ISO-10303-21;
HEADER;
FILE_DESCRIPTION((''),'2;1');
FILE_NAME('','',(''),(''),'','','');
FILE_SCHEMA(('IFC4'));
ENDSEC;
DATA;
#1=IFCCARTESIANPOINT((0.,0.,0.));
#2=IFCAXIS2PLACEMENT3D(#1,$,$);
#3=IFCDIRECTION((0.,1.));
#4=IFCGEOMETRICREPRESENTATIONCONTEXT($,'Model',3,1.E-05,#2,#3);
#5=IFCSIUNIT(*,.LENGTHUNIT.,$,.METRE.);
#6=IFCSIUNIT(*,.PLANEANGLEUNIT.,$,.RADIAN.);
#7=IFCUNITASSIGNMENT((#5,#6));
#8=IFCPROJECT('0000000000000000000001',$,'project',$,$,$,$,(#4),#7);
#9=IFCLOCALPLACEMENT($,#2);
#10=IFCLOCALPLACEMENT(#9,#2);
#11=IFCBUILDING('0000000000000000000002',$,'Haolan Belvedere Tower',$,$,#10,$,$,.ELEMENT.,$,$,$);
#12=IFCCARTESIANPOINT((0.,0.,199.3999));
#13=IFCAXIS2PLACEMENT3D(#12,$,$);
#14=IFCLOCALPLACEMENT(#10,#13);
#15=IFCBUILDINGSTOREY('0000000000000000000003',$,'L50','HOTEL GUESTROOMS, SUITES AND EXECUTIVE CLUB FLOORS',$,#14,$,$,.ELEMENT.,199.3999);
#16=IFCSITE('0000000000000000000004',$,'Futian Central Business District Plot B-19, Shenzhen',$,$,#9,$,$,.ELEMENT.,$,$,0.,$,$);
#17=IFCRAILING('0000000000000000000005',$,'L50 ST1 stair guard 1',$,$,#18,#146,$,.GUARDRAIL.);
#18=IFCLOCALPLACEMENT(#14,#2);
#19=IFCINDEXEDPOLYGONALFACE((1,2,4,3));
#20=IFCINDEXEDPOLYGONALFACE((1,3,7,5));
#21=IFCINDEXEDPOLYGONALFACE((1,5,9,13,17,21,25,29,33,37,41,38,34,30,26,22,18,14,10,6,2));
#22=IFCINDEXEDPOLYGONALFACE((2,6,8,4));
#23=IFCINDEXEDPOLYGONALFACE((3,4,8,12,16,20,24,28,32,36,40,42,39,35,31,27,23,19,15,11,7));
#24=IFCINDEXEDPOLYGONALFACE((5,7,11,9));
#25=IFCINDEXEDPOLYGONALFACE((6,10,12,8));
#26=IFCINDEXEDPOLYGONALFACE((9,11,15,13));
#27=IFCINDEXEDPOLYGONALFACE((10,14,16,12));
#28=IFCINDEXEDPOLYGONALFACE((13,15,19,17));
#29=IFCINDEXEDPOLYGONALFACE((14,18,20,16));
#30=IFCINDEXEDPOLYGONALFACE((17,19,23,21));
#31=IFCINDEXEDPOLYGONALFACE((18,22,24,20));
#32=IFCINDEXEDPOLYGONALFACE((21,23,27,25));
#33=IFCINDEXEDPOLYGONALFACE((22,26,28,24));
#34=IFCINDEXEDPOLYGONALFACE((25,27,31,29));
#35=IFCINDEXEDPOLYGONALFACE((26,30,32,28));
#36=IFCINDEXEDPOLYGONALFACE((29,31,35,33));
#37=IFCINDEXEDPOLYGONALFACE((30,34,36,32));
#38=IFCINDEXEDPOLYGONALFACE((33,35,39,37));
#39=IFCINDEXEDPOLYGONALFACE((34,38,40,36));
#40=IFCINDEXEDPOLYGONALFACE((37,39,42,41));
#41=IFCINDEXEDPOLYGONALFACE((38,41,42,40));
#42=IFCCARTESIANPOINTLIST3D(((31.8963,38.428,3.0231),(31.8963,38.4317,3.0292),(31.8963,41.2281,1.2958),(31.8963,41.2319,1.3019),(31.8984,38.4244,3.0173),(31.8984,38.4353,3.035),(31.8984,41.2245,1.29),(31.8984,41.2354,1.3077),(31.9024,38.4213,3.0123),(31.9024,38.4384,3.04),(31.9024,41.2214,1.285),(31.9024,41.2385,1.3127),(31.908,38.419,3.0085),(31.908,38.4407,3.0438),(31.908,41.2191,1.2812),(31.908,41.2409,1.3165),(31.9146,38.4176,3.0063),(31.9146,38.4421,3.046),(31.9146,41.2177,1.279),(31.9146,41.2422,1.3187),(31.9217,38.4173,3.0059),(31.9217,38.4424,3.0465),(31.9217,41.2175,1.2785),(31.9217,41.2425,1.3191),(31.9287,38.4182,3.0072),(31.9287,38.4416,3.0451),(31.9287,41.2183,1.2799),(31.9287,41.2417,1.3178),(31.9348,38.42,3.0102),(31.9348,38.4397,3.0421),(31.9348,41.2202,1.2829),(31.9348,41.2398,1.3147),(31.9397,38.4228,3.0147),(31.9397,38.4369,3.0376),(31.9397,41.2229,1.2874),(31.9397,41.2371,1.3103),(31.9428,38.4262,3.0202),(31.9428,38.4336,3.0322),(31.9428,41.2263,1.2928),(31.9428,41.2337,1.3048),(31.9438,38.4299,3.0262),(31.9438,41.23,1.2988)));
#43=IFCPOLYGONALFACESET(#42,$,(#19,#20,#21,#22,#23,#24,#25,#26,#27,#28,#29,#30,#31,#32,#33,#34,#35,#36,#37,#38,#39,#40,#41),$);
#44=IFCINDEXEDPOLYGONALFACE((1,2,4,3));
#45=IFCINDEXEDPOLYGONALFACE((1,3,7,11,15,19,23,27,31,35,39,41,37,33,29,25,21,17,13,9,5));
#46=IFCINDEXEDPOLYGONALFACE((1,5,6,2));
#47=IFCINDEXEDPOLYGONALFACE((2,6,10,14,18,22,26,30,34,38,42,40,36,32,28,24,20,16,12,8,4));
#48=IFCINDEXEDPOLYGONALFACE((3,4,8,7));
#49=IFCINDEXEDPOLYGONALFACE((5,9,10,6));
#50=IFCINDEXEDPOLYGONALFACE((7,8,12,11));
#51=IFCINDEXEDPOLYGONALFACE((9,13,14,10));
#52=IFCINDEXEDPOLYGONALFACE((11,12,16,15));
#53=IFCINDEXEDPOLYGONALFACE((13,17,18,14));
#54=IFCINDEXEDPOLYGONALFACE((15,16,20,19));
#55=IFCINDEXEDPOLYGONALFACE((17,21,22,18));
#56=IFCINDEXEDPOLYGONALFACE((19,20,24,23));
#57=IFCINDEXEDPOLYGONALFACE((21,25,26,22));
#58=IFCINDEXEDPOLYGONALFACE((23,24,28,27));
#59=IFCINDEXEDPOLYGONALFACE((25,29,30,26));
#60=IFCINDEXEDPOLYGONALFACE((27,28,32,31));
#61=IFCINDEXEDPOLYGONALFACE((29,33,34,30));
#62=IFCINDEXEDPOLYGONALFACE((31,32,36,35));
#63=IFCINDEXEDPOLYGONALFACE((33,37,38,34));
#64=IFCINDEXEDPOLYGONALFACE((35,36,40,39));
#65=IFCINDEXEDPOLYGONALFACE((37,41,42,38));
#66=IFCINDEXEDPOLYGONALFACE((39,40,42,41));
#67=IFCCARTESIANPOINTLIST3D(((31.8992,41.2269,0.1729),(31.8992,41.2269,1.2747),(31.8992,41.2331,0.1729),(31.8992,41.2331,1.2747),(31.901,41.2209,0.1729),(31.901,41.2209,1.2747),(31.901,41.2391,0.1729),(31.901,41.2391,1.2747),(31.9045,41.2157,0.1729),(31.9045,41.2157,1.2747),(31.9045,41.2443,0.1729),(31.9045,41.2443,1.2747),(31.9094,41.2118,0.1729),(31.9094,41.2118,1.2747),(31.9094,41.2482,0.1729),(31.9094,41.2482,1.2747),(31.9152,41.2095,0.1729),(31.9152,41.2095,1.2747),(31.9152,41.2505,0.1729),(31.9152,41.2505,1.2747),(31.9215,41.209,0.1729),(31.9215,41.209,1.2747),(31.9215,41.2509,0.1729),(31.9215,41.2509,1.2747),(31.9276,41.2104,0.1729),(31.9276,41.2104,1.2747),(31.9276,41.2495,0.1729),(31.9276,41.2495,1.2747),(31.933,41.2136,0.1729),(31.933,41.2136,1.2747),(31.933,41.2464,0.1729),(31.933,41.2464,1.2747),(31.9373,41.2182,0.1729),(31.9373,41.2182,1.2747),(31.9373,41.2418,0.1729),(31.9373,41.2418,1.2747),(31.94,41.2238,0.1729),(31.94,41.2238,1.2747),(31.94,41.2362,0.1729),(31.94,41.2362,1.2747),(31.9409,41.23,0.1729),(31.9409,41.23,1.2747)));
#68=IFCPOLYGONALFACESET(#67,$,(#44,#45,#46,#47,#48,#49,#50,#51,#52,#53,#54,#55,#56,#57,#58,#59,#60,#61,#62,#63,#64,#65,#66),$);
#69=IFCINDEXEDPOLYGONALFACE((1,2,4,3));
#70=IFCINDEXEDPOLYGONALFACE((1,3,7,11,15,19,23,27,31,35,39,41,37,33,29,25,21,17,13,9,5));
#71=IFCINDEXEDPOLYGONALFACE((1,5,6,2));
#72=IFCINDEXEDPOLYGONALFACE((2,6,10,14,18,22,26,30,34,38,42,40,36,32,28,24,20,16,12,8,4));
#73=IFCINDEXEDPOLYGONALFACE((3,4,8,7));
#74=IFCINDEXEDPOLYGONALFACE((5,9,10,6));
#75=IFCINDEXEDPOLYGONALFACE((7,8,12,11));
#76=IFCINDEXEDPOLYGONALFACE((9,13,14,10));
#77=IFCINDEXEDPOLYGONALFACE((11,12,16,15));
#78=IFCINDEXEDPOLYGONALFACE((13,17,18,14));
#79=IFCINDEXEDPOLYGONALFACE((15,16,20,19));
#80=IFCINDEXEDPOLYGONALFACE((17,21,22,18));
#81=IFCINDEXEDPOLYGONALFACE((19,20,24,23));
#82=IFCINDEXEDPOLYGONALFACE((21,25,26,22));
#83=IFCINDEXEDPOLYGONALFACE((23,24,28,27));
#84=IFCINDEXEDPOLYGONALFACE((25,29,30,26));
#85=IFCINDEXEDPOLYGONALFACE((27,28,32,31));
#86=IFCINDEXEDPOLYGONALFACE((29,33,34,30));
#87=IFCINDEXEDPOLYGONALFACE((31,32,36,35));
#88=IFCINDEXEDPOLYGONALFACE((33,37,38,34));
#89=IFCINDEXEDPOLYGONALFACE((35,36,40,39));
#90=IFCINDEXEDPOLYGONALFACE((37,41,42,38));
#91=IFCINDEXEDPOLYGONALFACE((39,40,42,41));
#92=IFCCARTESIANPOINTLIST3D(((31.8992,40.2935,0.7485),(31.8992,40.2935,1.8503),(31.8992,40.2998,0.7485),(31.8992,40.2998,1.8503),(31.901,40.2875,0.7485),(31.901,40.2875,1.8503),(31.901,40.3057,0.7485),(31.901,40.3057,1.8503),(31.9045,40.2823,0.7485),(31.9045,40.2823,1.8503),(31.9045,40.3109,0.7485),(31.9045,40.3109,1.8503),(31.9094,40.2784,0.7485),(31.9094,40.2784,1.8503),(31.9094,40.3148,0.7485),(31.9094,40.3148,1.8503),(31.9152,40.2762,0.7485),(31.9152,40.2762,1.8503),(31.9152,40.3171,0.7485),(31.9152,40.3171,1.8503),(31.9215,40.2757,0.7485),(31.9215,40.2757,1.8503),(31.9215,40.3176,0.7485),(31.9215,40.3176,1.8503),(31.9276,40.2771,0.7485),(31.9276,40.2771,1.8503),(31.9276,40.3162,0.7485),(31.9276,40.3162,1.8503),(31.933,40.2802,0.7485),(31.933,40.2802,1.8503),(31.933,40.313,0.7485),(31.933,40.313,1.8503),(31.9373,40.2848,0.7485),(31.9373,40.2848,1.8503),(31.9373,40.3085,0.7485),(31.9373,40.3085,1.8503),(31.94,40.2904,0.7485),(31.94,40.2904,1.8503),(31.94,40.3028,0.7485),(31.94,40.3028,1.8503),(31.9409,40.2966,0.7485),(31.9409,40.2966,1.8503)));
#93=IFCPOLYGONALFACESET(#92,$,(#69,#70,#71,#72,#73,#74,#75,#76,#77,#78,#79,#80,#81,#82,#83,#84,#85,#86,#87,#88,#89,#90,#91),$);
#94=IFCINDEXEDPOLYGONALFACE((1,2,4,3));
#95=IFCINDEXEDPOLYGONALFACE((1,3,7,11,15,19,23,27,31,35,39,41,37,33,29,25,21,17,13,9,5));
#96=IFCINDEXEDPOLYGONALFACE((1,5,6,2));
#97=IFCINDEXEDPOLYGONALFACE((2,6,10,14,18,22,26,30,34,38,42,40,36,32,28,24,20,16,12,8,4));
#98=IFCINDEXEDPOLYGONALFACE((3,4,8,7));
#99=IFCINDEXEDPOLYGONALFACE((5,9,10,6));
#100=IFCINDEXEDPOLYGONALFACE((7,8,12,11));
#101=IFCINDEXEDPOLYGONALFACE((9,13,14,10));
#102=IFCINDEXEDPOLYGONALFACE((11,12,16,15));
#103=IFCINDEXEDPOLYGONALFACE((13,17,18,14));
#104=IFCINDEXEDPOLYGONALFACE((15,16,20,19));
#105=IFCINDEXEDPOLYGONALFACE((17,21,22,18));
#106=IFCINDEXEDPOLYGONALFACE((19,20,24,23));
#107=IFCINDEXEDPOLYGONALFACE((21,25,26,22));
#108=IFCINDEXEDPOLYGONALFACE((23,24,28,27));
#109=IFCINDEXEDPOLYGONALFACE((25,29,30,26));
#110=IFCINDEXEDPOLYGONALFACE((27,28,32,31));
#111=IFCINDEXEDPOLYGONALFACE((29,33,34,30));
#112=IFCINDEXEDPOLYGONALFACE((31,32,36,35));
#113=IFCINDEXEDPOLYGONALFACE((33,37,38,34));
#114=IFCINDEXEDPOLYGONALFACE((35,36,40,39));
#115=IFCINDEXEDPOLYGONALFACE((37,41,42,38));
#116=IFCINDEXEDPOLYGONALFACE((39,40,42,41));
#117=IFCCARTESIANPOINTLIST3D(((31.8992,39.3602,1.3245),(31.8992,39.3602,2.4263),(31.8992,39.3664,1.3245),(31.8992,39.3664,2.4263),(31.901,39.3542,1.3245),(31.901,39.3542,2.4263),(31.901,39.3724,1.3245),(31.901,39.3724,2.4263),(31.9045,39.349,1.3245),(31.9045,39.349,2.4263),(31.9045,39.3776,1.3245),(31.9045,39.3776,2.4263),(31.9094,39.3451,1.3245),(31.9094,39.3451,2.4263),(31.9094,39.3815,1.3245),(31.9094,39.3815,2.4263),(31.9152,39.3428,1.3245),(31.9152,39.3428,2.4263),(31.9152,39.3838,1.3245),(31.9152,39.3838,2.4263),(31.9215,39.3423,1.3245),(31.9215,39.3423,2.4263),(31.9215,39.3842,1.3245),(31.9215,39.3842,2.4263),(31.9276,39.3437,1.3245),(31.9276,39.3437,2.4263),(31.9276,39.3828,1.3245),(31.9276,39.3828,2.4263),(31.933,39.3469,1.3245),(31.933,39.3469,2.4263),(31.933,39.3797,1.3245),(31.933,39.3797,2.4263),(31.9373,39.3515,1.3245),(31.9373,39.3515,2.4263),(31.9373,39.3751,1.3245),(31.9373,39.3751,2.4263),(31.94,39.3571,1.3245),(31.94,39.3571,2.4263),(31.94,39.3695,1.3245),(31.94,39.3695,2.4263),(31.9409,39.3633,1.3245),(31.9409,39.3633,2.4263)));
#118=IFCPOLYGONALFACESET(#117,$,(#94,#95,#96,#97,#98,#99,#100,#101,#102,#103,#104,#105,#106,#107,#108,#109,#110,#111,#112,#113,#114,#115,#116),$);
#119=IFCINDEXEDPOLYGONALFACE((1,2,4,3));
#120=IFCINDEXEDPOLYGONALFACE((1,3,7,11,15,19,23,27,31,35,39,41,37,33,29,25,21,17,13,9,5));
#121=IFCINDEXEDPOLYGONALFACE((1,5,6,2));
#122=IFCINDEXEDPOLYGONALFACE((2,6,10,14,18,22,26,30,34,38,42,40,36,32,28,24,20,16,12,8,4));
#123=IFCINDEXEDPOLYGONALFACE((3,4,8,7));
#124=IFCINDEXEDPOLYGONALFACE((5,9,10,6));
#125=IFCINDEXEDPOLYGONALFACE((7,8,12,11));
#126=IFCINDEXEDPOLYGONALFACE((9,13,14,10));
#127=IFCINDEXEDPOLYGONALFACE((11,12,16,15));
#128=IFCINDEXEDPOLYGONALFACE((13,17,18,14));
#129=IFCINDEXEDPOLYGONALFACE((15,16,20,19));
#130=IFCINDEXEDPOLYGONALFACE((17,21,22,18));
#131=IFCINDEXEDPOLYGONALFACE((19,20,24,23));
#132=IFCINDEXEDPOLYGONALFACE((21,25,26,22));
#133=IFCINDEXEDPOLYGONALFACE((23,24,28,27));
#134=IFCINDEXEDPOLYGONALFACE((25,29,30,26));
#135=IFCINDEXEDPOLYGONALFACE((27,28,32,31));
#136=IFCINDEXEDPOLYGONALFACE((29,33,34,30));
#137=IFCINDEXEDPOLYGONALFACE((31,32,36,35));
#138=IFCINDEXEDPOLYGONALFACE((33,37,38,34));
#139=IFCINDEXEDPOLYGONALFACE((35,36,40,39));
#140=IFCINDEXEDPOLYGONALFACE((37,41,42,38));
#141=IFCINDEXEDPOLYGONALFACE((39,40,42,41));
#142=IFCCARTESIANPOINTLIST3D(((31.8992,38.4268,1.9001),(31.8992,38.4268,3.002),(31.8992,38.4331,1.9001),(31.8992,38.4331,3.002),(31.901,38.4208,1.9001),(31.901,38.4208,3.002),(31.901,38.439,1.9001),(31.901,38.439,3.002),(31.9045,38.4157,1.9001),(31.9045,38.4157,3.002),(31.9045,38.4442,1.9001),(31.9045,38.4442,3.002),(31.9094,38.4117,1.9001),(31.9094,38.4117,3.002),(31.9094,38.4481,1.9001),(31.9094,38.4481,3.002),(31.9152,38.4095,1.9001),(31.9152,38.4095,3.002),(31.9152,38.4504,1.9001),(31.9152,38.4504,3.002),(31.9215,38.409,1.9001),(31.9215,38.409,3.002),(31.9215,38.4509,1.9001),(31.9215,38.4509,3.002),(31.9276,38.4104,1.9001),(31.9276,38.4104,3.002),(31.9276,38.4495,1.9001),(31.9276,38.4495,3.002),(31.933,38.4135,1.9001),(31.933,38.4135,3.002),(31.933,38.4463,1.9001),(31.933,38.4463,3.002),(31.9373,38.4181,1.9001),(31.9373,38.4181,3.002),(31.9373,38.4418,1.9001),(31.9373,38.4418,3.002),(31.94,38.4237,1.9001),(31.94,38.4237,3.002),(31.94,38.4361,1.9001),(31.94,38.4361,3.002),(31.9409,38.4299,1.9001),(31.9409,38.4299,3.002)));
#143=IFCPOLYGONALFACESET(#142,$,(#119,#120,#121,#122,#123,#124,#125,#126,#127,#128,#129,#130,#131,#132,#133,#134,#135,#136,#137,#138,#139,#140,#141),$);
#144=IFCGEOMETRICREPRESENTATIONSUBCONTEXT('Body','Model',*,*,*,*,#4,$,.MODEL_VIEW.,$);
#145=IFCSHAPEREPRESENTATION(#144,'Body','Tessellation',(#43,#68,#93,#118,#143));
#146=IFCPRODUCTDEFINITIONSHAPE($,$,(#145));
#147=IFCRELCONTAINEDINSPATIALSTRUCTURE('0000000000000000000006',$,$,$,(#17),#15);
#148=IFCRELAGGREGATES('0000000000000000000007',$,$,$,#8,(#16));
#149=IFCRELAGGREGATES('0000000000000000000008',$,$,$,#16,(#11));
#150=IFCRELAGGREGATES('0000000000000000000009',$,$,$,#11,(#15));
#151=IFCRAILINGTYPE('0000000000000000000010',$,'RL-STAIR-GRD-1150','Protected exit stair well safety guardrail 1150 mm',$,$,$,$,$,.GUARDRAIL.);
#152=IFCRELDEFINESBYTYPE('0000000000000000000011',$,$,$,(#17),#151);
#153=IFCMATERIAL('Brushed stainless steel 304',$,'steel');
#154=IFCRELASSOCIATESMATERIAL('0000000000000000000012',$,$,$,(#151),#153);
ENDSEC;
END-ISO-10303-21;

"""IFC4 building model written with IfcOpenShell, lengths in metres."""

from ifc_helpers import new_model, si_unit, direction, frame, origin, origin_2d, place, context, subcontext, project, spatial, circle, extrude, material, type_object, element, save


model = new_model("IFC4")

# Units and contexts
model_context = context("Model", 3, precision=1e-05, world=origin(), true_north=direction((0.0, 1.0)))
body_context = subcontext(model_context, "Body", "Model", "MODEL_VIEW")
ifc_project = project(units=[si_unit("LENGTHUNIT", "METRE"), si_unit("PLANEANGLEUNIT", "RADIAN")], contexts=[model_context])

# Site, building, storey
site_placement = place(None, origin())
site = spatial("IfcSite", under=ifc_project, at=site_placement, Name="Futian Central Business District Plot B-19, Shenzhen", CompositionType="ELEMENT", RefElevation=0.0)
building_placement = place(site_placement, origin())
building = spatial("IfcBuilding", under=site, at=building_placement, Name="Haolan Belvedere Tower", CompositionType="ELEMENT")
storey_placement = place(building_placement, frame((0.0, 0.0, 199.3999)))
storey = spatial("IfcBuildingStorey", under=building, at=storey_placement, Name="L50", Description="HOTEL GUESTROOMS, SUITES AND EXECUTIVE CLUB FLOORS", CompositionType="ELEMENT", Elevation=199.3999)

# Railing
ifc_material_1 = material(Name="Brushed stainless steel 304", Category="steel")
railing_type_1 = type_object("IfcRailingType", Name="RL-STAIR-GRD-1150", Description="Protected exit stair well safety guardrail 1150 mm", PredefinedType="GUARDRAIL", material=ifc_material_1)
railing_1_placement = place(storey_placement, frame((31.9199, 41.23, 0.1729)))
element("IfcRailing", 1, at=railing_1_placement, inside=storey, type_object=railing_type_1, Name="L50 ST1 stair guard 1", PredefinedType="GUARDRAIL", context=body_context, shape_type="SweptSolid", body=[
    extrude(circle(Radius=0.0239, at=origin_2d()), frame((0.0, 0.0, 1.126), z_axis=(0.0, -0.85109, 0.52502), x_axis=(1.0, 0.0, 0.0)), (0.0, 0.0, 1.0), 3.29),
    extrude(circle(Radius=0.021, at=origin_2d()), origin(), (0.0, 0.0, 1.0), 1.1018),
    extrude(circle(Radius=0.021, at=origin_2d()), frame((0.0, -0.9333, 0.5757)), (0.0, 0.0, 1.0), 1.1018),
    extrude(circle(Radius=0.021, at=origin_2d()), frame((0.0, -1.8667, 1.1516)), (0.0, 0.0, 1.0), 1.1018),
    extrude(circle(Radius=0.021, at=origin_2d()), frame((0.0, -2.8, 1.7273)), (0.0, 0.0, 1.0), 1.1018),
])

save(model, "model.ifc")
